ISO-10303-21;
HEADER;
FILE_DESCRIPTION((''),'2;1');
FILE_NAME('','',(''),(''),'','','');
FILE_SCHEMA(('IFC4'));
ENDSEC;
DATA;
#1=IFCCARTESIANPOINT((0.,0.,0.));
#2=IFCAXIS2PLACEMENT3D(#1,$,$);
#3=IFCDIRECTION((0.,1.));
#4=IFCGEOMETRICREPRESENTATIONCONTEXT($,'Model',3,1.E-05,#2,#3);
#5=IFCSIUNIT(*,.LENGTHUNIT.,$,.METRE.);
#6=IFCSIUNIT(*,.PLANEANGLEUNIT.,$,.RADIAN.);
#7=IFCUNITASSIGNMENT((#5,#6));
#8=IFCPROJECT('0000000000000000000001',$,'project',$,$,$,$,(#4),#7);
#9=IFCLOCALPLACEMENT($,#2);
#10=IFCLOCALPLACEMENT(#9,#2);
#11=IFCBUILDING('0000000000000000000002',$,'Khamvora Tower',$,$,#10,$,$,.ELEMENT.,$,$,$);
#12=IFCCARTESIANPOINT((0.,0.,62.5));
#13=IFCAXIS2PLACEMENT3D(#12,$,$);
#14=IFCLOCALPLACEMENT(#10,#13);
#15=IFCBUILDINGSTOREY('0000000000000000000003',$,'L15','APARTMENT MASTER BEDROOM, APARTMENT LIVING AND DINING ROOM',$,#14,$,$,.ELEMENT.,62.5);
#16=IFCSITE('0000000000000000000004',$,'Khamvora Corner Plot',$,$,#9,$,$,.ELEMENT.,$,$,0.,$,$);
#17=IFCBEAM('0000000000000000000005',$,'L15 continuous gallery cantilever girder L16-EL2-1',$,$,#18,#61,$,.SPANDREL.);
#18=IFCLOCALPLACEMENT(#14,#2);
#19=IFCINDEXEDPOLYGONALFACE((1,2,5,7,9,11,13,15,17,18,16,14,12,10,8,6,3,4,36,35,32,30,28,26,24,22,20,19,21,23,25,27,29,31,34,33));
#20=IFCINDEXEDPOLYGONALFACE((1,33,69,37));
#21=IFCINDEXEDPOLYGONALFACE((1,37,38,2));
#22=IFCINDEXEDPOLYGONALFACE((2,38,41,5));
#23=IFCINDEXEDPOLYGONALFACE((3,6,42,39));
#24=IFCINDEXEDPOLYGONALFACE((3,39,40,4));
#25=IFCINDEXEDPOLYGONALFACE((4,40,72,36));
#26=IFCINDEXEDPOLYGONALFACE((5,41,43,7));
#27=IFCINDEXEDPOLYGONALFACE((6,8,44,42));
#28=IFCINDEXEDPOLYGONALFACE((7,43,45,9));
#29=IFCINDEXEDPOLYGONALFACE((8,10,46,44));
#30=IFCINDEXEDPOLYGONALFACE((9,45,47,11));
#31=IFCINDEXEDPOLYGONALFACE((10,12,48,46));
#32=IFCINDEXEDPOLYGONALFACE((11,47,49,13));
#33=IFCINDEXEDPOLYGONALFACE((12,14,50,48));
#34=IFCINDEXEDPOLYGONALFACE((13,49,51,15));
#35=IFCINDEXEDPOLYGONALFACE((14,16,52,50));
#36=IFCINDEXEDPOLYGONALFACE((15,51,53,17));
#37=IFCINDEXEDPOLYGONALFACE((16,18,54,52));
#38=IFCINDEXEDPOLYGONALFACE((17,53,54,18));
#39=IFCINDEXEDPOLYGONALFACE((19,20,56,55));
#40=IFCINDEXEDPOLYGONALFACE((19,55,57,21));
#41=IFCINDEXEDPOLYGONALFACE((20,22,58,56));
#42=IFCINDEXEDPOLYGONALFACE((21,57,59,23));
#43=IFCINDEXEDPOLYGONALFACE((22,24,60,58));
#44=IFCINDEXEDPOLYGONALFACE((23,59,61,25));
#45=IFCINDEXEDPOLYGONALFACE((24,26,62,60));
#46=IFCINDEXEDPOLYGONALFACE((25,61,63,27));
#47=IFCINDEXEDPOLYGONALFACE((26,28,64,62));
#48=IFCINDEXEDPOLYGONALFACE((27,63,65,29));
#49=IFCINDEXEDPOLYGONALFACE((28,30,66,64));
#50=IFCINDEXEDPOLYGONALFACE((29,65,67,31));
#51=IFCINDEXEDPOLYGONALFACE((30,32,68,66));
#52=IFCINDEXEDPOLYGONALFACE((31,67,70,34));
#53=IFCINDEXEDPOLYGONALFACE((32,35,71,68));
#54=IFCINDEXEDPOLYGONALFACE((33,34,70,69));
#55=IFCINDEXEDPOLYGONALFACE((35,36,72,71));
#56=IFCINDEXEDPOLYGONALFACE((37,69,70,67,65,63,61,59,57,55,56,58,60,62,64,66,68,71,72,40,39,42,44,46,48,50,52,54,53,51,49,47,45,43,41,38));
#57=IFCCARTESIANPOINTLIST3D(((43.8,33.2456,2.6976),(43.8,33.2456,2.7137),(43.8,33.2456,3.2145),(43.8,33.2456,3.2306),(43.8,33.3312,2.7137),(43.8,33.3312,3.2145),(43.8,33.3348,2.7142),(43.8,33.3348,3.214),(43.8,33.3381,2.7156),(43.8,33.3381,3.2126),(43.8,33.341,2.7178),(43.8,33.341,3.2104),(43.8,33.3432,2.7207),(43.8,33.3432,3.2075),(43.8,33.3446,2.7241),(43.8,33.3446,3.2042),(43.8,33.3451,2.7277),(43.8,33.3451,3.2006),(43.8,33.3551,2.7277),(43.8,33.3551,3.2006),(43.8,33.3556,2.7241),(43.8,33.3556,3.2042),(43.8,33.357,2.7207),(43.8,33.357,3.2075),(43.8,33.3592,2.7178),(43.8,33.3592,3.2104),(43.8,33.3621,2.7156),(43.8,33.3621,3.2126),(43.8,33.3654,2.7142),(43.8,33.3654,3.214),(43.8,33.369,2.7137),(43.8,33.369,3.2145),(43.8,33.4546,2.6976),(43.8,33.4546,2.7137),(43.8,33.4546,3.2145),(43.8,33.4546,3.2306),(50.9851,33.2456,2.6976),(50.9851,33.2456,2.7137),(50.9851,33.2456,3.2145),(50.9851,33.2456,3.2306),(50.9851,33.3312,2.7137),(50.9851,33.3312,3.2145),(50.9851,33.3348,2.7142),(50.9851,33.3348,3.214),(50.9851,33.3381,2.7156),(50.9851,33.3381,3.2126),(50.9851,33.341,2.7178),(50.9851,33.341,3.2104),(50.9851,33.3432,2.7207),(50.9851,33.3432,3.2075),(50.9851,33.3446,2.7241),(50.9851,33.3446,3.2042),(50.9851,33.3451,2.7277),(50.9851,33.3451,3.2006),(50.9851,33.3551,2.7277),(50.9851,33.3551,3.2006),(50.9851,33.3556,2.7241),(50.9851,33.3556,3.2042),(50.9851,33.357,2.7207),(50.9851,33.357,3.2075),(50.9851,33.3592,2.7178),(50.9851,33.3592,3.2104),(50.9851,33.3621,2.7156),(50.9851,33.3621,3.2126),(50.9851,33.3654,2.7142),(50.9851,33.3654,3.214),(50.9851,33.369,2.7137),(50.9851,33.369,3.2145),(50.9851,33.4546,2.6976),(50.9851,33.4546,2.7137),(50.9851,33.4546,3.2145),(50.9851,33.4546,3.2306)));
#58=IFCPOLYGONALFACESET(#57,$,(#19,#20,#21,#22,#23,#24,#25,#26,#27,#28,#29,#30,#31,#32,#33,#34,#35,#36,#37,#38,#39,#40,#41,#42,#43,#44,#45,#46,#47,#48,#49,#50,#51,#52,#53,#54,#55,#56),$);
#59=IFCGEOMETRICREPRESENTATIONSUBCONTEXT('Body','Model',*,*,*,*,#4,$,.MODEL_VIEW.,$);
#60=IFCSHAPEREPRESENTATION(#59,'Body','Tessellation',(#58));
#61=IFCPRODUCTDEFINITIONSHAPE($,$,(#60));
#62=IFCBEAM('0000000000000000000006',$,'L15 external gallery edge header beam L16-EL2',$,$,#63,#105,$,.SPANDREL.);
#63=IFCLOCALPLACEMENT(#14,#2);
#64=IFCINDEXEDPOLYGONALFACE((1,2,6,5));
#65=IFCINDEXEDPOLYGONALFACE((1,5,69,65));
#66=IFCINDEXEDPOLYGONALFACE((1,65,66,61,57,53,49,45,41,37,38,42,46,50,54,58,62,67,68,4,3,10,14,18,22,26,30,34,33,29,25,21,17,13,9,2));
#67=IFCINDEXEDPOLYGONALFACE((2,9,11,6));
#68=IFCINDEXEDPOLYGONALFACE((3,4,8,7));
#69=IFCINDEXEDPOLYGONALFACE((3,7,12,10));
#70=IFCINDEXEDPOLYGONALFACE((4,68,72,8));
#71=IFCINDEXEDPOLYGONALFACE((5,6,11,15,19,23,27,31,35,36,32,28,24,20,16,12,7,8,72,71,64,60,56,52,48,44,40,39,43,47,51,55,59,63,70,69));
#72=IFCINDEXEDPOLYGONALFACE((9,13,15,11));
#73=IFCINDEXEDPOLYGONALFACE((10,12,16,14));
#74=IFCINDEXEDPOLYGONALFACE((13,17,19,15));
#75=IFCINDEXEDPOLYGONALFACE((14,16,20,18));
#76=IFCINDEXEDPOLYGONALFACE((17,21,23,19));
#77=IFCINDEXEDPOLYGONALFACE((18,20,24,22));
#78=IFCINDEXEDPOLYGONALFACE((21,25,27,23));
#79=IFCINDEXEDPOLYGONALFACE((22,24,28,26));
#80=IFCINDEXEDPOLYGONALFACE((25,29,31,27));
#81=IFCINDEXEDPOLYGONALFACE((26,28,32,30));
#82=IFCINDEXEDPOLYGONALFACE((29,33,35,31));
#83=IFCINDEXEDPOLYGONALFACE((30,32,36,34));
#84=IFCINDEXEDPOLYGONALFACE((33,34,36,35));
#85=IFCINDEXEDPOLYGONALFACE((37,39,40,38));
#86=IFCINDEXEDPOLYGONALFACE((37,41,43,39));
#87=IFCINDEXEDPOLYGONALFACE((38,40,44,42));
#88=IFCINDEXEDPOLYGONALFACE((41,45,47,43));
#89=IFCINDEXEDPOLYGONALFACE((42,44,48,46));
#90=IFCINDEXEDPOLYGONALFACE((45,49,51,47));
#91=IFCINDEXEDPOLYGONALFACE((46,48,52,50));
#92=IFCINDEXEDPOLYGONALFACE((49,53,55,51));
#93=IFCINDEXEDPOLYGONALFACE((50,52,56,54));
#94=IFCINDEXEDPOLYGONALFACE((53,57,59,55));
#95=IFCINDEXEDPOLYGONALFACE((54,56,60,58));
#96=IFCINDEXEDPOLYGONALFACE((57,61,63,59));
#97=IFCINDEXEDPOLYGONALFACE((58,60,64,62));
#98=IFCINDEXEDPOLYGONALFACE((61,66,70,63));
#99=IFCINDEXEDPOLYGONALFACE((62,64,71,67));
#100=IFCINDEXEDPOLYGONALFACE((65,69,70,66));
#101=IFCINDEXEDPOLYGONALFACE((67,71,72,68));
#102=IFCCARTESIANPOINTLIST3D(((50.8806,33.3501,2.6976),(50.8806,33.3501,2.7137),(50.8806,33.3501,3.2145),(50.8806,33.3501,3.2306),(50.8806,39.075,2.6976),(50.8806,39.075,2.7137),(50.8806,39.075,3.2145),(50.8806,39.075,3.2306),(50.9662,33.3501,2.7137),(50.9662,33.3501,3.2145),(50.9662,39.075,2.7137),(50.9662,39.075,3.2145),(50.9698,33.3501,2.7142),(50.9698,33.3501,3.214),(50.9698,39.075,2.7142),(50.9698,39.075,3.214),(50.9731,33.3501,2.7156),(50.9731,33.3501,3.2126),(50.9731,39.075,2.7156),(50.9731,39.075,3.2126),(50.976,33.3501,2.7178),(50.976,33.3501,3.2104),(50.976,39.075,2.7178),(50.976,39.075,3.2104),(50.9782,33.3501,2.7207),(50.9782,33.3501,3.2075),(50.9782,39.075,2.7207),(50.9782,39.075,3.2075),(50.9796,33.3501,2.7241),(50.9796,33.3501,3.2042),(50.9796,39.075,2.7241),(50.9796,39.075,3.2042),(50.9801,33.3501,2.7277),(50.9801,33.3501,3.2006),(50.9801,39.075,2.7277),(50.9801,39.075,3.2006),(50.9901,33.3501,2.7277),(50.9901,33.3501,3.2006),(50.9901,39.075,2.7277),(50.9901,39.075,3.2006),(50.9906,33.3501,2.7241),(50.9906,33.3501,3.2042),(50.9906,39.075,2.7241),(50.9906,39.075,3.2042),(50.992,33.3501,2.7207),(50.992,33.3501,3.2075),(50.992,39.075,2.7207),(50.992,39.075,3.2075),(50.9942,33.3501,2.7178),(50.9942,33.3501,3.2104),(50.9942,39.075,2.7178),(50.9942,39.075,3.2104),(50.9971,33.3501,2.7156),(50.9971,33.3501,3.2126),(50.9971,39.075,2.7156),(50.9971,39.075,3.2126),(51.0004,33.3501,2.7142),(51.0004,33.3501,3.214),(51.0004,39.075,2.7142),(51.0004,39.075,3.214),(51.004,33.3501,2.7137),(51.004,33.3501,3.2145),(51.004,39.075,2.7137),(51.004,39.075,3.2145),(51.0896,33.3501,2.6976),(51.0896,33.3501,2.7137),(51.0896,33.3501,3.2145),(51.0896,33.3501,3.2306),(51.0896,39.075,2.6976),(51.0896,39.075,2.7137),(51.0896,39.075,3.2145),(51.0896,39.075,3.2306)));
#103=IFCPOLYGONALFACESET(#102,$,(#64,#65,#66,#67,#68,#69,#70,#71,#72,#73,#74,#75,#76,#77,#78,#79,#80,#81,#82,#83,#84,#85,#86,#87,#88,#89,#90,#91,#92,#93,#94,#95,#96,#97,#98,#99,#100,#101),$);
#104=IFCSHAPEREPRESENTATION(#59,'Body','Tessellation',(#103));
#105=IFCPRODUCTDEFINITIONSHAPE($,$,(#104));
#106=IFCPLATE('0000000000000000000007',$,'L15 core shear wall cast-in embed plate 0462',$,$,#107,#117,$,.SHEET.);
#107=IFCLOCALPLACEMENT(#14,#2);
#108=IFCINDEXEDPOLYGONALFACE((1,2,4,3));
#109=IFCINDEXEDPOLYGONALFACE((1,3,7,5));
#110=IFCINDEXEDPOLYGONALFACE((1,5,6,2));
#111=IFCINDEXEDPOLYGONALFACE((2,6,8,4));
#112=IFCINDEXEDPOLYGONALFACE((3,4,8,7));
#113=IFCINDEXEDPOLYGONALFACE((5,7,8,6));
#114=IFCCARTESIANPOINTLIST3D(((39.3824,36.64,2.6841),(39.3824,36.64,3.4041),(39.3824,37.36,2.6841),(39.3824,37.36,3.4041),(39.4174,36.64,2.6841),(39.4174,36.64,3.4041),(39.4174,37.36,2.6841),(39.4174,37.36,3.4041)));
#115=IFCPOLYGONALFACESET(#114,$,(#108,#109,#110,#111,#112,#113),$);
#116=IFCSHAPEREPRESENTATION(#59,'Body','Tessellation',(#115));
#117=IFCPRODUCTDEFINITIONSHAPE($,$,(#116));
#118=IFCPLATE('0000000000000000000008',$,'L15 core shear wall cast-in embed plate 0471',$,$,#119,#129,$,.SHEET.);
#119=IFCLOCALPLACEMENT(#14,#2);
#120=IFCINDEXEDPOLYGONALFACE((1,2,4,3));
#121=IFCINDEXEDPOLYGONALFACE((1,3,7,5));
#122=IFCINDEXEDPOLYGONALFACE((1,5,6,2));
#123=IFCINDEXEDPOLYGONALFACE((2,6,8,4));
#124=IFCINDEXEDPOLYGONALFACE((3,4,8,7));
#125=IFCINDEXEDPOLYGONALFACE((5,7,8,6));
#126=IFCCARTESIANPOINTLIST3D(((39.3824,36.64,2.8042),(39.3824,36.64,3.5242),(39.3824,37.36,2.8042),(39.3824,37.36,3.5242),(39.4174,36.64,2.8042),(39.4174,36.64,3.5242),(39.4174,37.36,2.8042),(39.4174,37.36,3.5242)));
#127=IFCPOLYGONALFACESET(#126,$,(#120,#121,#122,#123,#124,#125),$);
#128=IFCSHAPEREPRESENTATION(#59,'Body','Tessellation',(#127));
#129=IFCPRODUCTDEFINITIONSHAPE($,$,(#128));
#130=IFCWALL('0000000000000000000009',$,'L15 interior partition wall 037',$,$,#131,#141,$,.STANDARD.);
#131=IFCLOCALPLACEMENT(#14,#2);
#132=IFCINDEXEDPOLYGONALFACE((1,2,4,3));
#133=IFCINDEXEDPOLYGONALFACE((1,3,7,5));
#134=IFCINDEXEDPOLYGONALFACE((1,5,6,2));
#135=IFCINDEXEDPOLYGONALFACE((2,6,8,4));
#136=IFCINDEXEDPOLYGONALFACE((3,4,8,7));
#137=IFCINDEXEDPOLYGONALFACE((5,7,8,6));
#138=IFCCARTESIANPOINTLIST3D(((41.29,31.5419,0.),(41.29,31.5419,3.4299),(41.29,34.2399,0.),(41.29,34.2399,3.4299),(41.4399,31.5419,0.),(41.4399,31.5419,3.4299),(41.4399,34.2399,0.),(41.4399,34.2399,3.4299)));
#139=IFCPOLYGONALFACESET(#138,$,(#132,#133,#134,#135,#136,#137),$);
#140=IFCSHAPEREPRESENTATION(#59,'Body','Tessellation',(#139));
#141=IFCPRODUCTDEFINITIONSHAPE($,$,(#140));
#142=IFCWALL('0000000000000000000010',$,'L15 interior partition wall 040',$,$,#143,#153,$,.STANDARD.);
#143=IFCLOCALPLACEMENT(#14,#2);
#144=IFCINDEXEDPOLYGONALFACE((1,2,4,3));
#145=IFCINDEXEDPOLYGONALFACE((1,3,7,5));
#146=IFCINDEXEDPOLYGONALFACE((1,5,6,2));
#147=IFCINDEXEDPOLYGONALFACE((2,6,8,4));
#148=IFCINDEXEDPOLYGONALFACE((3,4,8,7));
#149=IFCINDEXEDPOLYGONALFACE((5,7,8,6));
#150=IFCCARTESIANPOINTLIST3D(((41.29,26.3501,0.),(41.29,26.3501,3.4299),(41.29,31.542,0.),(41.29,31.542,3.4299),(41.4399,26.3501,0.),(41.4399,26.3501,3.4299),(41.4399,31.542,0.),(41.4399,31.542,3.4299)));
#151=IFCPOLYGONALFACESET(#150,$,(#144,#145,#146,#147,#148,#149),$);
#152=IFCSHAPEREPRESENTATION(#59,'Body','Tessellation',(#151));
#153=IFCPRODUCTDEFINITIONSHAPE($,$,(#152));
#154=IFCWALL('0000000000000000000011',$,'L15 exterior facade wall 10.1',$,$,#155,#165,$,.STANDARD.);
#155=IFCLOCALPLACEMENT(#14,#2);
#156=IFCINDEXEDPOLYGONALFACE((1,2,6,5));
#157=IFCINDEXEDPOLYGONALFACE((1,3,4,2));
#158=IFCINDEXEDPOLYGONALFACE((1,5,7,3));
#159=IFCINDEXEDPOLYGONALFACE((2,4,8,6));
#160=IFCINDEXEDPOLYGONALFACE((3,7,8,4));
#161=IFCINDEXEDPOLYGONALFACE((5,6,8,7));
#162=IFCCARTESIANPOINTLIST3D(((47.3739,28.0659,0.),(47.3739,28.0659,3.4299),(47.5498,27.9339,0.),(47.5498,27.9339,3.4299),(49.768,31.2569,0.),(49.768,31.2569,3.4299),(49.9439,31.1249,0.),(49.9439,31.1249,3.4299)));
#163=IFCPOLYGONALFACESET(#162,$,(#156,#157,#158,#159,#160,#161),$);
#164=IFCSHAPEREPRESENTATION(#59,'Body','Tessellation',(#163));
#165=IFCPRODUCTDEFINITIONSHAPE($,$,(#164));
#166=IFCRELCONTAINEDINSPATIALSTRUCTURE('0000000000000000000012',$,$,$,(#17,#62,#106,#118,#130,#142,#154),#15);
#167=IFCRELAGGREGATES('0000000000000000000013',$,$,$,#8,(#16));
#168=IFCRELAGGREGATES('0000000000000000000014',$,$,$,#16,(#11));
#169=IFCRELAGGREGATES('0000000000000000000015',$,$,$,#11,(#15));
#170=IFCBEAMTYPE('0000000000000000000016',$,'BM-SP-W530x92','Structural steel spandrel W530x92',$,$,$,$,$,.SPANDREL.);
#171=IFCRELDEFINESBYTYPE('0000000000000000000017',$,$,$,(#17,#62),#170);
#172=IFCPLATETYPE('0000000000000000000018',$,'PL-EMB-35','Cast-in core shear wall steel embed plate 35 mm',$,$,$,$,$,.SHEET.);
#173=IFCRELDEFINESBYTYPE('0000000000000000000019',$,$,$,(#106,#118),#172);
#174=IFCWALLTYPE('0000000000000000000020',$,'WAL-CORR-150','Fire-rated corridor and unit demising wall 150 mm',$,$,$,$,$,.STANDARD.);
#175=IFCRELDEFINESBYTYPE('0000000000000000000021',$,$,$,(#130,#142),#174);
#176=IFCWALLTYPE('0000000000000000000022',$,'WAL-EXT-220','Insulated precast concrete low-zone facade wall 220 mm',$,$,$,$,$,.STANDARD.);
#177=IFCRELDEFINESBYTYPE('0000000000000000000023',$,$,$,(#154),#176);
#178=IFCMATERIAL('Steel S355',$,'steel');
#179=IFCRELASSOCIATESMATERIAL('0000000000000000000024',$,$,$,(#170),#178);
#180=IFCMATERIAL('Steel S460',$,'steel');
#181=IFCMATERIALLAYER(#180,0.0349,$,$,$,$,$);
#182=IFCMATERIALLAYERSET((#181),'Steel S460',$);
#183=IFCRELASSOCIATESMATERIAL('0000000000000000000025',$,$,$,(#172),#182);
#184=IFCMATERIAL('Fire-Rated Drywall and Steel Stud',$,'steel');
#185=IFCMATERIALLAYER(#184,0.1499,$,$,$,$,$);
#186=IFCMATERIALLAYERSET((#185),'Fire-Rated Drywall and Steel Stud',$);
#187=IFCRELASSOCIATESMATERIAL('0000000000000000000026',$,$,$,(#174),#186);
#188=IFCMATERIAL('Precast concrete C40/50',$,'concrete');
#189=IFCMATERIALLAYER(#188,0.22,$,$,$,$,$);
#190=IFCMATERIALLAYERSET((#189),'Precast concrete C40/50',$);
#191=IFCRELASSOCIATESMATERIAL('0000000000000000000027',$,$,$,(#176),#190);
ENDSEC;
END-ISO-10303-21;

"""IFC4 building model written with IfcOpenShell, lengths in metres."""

from ifc_helpers import new_model, si_unit, direction, frame, frame_2d, origin, origin_2d, place, context, subcontext, project, spatial, rectangle, i_section, extrude, material, layer, layer_set, material_profile, profile_set, type_object, element, save


model = new_model("IFC4")

# Units and contexts
model_context = context("Model", 3, precision=1e-05, world=origin(), true_north=direction((0.0, 1.0)))
body_context = subcontext(model_context, "Body", "Model", "MODEL_VIEW")
ifc_project = project(units=[si_unit("LENGTHUNIT", "METRE"), si_unit("PLANEANGLEUNIT", "RADIAN")], contexts=[model_context])

# Site, building, storey
site_placement = place(None, origin())
site = spatial("IfcSite", under=ifc_project, at=site_placement, Name="Khamvora Corner Plot", CompositionType="ELEMENT", RefElevation=0.0)
building_placement = place(site_placement, origin())
building = spatial("IfcBuilding", under=site, at=building_placement, Name="Khamvora Tower", CompositionType="ELEMENT")
storey_placement = place(building_placement, frame((0.0, 0.0, 62.5)))
storey = spatial("IfcBuildingStorey", under=building, at=storey_placement, Name="L15", Description="APARTMENT MASTER BEDROOM, APARTMENT LIVING AND DINING ROOM", CompositionType="ELEMENT", Elevation=62.5)

# Shared definitions
ifc_material_1 = material(Name="Steel S460", Category="steel")

# Beams
ifc_material_2 = material(Name="Steel S355", Category="steel")
ifc_material_profile_1 = material_profile(ifc_material_2, i_section(OverallWidth=0.209, OverallDepth=0.533, WebThickness=0.01, FlangeThickness=0.0161, FilletRadius=0.0139, at=origin_2d()), Name="W530x92")
ifc_profile_set_1 = profile_set([ifc_material_profile_1], Name="Steel S355")
beam_type_1 = type_object("IfcBeamType", Name="BM-SP-W530x92", Description="Structural steel spandrel W530x92", PredefinedType="SPANDREL", material=ifc_profile_set_1)
beam_1_placement = place(storey_placement, frame((43.8, 33.3501, 2.9641), z_axis=(1.0, 0.0, 0.0), x_axis=(0.0, 1.0, 0.0)))
element("IfcBeam", 1, at=beam_1_placement, inside=storey, type_object=beam_type_1, Name="L15 continuous gallery cantilever girder L16-EL2-1", PredefinedType="SPANDREL", context=body_context, shape_type="SweptSolid", body=[
    extrude(i_section(OverallWidth=0.209, OverallDepth=0.533, WebThickness=0.01, FlangeThickness=0.0161, FilletRadius=0.0139, at=origin_2d()), origin(), (0.0, 0.0, 1.0), 7.1851),
])
beam_2_placement = place(storey_placement, frame((50.9851, 33.3501, 2.9641), z_axis=(0.0, 1.0, 0.0), x_axis=(-1.0, 0.0, 0.0)))
element("IfcBeam", 2, at=beam_2_placement, inside=storey, type_object=beam_type_1, Name="L15 external gallery edge header beam L16-EL2", PredefinedType="SPANDREL", context=body_context, shape_type="SweptSolid", body=[
    extrude(i_section(OverallWidth=0.209, OverallDepth=0.533, WebThickness=0.01, FlangeThickness=0.0161, FilletRadius=0.0139, at=origin_2d()), origin(), (0.0, 0.0, 1.0), 5.7249),
])

# Plates
ifc_layer_1 = layer(ifc_material_1, 0.0349)
ifc_layer_set_1 = layer_set([ifc_layer_1], Name="Steel S460")
plate_type = type_object("IfcPlateType", Name="PL-EMB-35", Description="Cast-in core shear wall steel embed plate 35 mm", PredefinedType="SHEET", material=ifc_layer_set_1)
for number, where, z_axis, x_axis, name in (
    (3, (39.3999, 37.0, 2.6841), (0.0, 0.0, 1.0), (1.0, 0.0, 0.0), "L15 core shear wall cast-in embed plate 0462"),
    (4, (39.3999, 37.0, 2.8042), (0.0, 0.0, 1.0), (1.0, 0.0, 0.0), "L15 core shear wall cast-in embed plate 0471"),
):
    element("IfcPlate", number, at=place(storey_placement, frame(where, z_axis=z_axis, x_axis=x_axis)), inside=storey, type_object=plate_type, Name=name, PredefinedType="SHEET", context=body_context, shape_type="SweptSolid", body=[
        extrude(rectangle(XDim=0.0349, YDim=0.72, at=origin_2d()), origin(), (0.0, 0.0, 1.0), 0.72),
    ])

# Walls
ifc_material_3 = material(Name="Fire-Rated Drywall and Steel Stud", Category="steel")
ifc_layer_2 = layer(ifc_material_3, 0.1499)
ifc_layer_set_2 = layer_set([ifc_layer_2], Name="Fire-Rated Drywall and Steel Stud")
wall_type_1 = type_object("IfcWallType", Name="WAL-CORR-150", Description="Fire-rated corridor and unit demising wall 150 mm", PredefinedType="STANDARD", material=ifc_layer_set_2)
wall_1_placement = place(storey_placement, frame((41.365, 34.24, 0.0), z_axis=(0.0, 0.0, 1.0), x_axis=(0.0, -1.0, 0.0)))
element("IfcWall", 5, at=wall_1_placement, inside=storey, type_object=wall_type_1, Name="L15 interior partition wall 037", PredefinedType="STANDARD", context=body_context, shape_type="SweptSolid", body=[
    extrude(rectangle(XDim=2.698, YDim=0.1499, at=frame_2d((1.3491, 0.0))), origin(), (0.0, 0.0, 1.0), 3.4299),
])
wall_2_placement = place(storey_placement, frame((41.365, 31.542, 0.0), z_axis=(0.0, 0.0, 1.0), x_axis=(0.0, -1.0, 0.0)))
element("IfcWall", 6, at=wall_2_placement, inside=storey, type_object=wall_type_1, Name="L15 interior partition wall 040", PredefinedType="STANDARD", context=body_context, shape_type="SweptSolid", body=[
    extrude(rectangle(XDim=5.1919, YDim=0.1499, at=frame_2d((2.5959, 0.0))), origin(), (0.0, 0.0, 1.0), 3.4299),
])
ifc_material_4 = material(Name="Precast concrete C40/50", Category="concrete")
ifc_layer_3 = layer(ifc_material_4, 0.22)
ifc_layer_set_3 = layer_set([ifc_layer_3], Name="Precast concrete C40/50")
wall_type_2 = type_object("IfcWallType", Name="WAL-EXT-220", Description="Insulated precast concrete low-zone facade wall 220 mm", PredefinedType="STANDARD", material=ifc_layer_set_3)
wall_3_placement = place(storey_placement, frame((49.856, 31.1909, 0.0), z_axis=(0.0, 0.0, 1.0), x_axis=(-0.600137, -0.799897, 0.0)))
element("IfcWall", 7, at=wall_3_placement, inside=storey, type_object=wall_type_2, Name="L15 exterior facade wall 10.1", PredefinedType="STANDARD", context=body_context, shape_type="SweptSolid", body=[
    extrude(rectangle(XDim=3.9893, YDim=0.22, at=frame_2d((1.9946, 0.0))), origin(), (0.0, 0.0, 1.0), 3.4299),
])

save(model, "model.ifc")
